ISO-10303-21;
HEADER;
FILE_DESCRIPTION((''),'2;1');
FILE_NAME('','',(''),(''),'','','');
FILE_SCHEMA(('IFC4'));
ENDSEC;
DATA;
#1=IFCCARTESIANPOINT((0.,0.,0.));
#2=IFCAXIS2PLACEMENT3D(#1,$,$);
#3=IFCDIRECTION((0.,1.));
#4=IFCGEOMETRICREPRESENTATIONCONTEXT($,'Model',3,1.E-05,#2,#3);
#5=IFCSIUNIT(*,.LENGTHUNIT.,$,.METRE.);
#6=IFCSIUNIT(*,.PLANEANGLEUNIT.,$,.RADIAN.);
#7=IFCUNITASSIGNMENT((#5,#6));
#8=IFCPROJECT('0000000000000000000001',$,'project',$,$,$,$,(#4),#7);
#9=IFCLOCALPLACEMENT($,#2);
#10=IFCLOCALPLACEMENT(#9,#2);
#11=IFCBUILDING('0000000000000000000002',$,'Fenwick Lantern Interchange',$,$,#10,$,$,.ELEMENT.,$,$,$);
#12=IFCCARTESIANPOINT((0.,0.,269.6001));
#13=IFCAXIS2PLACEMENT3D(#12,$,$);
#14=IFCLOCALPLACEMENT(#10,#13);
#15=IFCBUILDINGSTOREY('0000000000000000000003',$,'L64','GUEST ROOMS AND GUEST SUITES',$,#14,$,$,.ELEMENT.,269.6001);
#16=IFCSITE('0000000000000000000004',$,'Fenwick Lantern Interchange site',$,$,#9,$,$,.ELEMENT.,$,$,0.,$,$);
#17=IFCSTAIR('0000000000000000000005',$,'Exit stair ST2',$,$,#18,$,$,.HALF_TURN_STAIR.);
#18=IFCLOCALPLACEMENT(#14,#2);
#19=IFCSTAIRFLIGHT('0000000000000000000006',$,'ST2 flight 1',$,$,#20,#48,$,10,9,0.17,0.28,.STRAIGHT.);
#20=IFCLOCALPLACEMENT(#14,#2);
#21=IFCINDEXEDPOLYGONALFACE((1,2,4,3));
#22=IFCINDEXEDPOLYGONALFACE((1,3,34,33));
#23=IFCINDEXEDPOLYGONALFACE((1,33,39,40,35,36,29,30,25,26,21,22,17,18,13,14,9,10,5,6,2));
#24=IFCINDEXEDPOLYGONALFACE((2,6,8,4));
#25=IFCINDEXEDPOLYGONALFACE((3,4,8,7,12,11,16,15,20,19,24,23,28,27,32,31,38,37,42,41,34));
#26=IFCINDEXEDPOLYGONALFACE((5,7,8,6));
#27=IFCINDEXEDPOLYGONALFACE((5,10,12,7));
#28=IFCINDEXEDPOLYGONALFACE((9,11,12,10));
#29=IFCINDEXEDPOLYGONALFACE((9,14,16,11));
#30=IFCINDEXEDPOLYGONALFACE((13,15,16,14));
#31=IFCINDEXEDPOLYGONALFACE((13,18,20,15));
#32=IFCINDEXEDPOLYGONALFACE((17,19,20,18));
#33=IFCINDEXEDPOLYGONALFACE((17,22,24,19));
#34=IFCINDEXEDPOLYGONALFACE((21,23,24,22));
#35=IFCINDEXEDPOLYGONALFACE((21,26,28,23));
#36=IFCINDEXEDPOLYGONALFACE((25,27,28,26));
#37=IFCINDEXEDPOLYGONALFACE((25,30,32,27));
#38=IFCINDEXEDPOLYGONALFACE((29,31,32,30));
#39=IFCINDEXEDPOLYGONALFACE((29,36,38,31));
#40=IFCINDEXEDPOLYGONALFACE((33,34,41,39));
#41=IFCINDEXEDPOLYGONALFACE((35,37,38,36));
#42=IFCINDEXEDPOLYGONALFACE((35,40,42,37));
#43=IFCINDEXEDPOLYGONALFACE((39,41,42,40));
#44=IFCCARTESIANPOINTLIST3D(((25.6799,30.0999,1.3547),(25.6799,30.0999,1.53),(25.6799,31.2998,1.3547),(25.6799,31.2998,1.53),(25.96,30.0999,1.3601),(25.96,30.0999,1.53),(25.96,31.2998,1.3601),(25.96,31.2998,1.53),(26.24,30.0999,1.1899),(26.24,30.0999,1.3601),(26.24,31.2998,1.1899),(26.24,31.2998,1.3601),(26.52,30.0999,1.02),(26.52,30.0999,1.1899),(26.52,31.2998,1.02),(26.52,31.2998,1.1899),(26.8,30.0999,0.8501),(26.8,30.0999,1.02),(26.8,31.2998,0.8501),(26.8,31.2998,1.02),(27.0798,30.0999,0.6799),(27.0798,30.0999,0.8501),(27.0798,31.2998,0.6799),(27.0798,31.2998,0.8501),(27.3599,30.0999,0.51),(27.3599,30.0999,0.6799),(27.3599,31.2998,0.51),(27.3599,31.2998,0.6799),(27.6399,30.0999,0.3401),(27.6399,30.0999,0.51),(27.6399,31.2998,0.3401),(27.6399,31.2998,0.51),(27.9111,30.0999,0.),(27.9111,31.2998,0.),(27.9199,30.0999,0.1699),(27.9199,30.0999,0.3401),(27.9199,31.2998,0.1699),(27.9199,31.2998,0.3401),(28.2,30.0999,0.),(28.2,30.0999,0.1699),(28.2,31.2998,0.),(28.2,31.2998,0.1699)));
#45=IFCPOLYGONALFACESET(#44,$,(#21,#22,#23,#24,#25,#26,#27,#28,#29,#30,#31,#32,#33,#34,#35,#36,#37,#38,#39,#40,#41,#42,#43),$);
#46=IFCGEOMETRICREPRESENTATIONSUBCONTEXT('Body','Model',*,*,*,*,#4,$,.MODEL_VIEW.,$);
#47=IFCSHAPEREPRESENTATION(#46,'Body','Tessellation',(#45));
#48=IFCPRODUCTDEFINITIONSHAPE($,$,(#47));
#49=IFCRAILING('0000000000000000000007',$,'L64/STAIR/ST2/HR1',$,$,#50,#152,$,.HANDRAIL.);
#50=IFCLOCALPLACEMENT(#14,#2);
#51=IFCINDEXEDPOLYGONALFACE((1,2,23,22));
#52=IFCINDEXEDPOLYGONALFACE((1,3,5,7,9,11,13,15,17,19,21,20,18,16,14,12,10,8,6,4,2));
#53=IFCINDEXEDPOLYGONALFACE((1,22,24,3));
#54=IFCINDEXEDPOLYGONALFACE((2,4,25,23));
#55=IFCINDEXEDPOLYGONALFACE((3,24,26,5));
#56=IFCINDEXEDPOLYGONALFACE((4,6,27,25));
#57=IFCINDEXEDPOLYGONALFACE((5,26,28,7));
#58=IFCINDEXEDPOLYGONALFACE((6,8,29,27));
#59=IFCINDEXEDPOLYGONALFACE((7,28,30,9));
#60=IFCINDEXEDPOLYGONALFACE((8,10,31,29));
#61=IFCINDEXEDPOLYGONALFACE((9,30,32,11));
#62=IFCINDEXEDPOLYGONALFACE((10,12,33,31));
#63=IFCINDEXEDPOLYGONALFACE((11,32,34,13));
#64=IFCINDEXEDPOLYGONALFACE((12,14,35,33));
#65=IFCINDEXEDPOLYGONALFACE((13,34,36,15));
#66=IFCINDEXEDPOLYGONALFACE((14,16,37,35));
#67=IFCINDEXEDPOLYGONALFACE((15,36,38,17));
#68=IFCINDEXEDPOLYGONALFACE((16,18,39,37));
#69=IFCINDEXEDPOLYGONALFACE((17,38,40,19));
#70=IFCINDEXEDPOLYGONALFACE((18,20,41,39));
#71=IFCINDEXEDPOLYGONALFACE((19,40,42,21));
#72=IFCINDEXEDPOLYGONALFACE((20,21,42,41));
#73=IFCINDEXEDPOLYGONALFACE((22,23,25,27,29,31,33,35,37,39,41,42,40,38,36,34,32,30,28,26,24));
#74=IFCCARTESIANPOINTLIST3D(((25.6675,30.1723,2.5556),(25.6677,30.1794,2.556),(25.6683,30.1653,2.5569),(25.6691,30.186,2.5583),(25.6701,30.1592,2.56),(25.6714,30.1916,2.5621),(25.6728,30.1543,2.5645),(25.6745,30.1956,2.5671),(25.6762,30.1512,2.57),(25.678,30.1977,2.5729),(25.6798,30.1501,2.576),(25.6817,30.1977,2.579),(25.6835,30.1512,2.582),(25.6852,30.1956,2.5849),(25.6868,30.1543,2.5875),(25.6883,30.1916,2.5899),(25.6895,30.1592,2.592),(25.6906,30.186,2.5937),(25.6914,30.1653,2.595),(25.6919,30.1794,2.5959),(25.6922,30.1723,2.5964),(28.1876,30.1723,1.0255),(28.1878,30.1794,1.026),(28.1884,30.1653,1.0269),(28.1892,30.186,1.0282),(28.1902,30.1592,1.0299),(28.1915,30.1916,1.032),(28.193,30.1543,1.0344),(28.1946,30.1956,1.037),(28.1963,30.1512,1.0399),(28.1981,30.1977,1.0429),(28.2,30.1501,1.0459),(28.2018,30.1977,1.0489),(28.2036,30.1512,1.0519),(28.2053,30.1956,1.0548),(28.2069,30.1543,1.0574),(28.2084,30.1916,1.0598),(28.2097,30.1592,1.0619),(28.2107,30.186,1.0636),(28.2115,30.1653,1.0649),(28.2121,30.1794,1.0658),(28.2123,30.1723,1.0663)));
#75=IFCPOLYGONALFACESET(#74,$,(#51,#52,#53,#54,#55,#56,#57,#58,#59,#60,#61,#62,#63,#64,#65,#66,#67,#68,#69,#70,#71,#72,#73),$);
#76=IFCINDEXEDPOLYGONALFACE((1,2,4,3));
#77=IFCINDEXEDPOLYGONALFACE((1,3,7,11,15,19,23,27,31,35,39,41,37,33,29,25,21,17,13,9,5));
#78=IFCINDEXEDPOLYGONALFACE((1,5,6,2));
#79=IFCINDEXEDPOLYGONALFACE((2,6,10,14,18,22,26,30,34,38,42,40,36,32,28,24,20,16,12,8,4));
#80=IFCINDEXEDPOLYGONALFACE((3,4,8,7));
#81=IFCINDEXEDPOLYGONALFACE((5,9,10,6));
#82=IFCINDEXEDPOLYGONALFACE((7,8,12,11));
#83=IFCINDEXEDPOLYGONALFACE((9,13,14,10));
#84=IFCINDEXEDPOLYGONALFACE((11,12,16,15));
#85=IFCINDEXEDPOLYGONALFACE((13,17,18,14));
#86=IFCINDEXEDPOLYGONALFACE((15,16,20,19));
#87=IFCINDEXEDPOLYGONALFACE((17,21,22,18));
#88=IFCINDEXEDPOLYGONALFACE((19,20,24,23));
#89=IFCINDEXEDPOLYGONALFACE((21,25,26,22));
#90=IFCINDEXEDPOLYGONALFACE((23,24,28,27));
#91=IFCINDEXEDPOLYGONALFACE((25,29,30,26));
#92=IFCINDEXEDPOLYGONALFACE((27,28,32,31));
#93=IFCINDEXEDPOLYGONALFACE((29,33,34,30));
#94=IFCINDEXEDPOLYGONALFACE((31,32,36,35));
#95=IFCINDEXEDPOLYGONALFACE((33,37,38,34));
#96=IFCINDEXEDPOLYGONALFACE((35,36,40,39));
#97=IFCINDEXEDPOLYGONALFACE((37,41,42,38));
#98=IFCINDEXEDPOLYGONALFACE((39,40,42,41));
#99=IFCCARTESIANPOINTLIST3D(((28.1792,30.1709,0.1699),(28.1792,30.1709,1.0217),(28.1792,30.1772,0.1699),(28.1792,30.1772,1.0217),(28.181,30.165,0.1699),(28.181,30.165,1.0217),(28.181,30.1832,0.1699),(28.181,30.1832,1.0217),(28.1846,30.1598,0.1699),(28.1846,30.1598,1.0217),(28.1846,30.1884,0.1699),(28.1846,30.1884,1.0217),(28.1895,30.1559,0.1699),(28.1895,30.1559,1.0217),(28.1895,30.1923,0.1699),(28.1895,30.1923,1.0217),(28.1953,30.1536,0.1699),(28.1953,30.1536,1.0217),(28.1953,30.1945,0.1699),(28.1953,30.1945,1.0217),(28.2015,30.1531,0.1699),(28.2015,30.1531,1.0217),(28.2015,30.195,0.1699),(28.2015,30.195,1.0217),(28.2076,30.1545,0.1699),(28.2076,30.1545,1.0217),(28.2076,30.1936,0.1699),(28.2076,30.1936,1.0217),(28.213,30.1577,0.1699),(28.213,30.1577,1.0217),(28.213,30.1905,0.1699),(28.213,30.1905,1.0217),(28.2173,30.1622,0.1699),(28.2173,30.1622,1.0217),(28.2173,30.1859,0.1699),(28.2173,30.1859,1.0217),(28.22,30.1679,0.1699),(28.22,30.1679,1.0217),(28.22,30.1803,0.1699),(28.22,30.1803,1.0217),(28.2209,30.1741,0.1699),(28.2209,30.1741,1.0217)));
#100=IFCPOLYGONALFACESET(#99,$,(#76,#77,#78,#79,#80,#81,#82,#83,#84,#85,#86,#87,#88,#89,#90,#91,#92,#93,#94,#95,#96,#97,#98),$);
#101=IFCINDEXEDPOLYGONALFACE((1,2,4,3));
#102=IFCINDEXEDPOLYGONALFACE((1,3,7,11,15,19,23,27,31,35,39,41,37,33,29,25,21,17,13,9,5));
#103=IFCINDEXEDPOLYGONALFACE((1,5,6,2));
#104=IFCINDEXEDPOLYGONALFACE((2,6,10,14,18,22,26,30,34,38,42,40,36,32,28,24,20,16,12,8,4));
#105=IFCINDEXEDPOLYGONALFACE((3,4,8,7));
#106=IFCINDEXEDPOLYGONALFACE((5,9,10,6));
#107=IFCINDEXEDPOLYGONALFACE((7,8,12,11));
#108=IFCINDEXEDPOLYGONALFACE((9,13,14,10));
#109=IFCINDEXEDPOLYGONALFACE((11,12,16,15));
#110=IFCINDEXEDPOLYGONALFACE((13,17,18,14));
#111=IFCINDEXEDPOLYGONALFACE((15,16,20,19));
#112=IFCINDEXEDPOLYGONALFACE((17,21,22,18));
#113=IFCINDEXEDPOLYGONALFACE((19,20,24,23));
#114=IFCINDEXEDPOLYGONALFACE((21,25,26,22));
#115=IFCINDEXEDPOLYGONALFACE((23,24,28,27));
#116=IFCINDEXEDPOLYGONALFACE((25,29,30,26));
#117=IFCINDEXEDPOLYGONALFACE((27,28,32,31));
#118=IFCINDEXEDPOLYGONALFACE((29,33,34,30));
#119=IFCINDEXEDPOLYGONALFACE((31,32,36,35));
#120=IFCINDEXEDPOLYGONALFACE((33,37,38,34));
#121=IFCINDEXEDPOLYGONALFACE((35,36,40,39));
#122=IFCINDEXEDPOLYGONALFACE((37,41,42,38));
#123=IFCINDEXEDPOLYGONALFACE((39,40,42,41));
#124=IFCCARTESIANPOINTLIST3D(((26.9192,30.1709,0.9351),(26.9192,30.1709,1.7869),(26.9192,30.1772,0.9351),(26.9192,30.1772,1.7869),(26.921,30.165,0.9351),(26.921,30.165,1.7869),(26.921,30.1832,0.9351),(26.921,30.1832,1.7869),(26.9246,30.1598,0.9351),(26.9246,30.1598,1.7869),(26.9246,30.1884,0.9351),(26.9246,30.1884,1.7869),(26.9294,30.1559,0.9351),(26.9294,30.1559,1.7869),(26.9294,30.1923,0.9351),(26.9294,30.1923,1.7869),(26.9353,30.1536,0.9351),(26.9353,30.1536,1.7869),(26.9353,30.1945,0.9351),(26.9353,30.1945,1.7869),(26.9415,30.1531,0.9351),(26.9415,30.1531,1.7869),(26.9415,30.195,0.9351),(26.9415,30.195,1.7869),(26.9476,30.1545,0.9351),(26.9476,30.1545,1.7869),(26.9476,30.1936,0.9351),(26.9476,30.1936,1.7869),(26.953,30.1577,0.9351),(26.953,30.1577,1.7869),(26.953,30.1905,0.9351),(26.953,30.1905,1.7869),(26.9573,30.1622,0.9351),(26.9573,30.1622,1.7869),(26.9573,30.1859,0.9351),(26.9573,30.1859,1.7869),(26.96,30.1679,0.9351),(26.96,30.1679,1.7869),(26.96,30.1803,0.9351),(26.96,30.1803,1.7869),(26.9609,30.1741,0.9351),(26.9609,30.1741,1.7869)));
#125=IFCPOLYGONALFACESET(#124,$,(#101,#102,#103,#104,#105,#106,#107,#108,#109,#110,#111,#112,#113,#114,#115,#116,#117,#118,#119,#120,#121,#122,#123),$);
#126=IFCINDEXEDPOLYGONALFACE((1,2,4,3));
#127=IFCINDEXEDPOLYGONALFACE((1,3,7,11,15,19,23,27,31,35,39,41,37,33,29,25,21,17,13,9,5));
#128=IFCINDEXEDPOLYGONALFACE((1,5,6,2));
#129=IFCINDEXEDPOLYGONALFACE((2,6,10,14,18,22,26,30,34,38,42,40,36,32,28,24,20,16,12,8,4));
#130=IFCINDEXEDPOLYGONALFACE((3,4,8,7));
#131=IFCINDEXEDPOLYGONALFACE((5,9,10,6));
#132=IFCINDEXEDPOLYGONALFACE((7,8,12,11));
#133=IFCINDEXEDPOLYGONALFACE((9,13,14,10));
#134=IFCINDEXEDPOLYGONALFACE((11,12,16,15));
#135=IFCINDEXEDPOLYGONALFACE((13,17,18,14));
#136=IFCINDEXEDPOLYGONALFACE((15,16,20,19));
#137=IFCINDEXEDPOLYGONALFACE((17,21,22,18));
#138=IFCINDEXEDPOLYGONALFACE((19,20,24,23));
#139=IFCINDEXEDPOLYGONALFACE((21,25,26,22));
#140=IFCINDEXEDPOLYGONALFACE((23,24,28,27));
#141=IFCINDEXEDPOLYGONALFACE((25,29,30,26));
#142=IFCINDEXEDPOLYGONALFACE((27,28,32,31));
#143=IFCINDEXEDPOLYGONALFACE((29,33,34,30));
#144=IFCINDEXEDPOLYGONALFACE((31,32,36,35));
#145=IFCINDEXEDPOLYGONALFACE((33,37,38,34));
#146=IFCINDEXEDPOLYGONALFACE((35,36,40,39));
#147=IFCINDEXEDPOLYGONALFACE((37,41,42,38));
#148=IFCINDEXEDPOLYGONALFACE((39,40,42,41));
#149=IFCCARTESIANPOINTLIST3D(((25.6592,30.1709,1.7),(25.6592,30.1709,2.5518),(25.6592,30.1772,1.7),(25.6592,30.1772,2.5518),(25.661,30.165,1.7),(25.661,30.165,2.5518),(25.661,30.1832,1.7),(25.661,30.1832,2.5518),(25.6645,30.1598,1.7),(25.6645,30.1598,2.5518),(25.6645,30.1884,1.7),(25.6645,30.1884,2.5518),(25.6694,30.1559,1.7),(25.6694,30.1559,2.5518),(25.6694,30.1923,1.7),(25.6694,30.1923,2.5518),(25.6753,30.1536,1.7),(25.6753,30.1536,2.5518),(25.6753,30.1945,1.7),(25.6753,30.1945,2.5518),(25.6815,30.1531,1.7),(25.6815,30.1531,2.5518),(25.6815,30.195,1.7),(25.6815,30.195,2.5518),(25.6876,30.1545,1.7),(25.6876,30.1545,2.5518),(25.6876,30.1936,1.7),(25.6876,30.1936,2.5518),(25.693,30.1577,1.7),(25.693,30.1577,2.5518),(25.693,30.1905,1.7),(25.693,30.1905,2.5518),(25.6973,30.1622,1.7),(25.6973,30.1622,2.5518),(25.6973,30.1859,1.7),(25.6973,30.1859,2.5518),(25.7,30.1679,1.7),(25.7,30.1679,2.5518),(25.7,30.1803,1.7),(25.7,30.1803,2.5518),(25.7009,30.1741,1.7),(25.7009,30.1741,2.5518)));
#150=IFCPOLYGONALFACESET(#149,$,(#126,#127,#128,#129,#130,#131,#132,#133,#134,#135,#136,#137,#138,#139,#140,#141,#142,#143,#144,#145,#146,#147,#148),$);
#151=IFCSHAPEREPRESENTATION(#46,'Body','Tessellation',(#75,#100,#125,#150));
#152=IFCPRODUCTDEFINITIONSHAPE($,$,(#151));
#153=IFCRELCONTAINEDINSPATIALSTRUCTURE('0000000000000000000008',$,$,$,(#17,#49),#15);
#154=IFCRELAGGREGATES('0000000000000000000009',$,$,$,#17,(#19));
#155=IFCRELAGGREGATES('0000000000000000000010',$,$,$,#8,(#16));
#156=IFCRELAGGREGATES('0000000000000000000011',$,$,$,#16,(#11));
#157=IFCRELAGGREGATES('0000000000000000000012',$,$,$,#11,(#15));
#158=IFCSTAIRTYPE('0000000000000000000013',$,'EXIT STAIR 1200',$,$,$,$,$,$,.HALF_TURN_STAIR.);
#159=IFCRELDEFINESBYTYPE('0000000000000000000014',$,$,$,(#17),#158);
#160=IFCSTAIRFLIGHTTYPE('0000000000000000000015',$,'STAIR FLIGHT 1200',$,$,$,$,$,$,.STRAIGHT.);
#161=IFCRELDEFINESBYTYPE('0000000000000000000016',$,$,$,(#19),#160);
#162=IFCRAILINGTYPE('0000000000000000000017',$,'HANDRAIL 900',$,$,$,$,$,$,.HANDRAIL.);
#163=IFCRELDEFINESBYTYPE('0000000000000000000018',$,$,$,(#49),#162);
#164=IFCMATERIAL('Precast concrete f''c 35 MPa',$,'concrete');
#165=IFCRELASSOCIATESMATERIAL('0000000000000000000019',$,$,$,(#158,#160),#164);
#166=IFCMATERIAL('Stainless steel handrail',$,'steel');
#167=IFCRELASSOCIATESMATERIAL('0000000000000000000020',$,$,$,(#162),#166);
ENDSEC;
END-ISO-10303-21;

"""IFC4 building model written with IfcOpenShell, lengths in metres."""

from ifc_helpers import new_model, si_unit, direction, frame, origin, origin_2d, place, context, subcontext, project, spatial, polyline, circle, outline, extrude, material, type_object, element, aggregate, save


model = new_model("IFC4")

# Units and contexts
model_context = context("Model", 3, precision=1e-05, world=origin(), true_north=direction((0.0, 1.0)))
body_context = subcontext(model_context, "Body", "Model", "MODEL_VIEW")
ifc_project = project(units=[si_unit("LENGTHUNIT", "METRE"), si_unit("PLANEANGLEUNIT", "RADIAN")], contexts=[model_context])

# Site, building, storey
site_placement = place(None, origin())
site = spatial("IfcSite", under=ifc_project, at=site_placement, Name="Fenwick Lantern Interchange site", CompositionType="ELEMENT", RefElevation=0.0)
building_placement = place(site_placement, origin())
building = spatial("IfcBuilding", under=site, at=building_placement, Name="Fenwick Lantern Interchange", CompositionType="ELEMENT")
storey_placement = place(building_placement, frame((0.0, 0.0, 269.6001)))
storey = spatial("IfcBuildingStorey", under=building, at=storey_placement, Name="L64", Description="GUEST ROOMS AND GUEST SUITES", CompositionType="ELEMENT", Elevation=269.6001)

# Stair, stair flight
ifc_material_1 = material(Name="Precast concrete f'c 35 MPa", Category="concrete")
stair_type = type_object("IfcStairType", Name="EXIT STAIR 1200", PredefinedType="HALF_TURN_STAIR", material=ifc_material_1)
stair_placement = place(storey_placement, origin())
stair = element("IfcStair", 1, at=stair_placement, inside=storey, type_object=stair_type, Name="Exit stair ST2", PredefinedType="HALF_TURN_STAIR")
stair_flight_type = type_object("IfcStairFlightType", Name="STAIR FLIGHT 1200", PredefinedType="STRAIGHT", material=ifc_material_1)
stair_flight_placement = place(storey_placement, frame((28.2, 30.7, 0.0), z_axis=(0.0, 0.0, 1.0), x_axis=(-1.0, 0.0, 0.0)))
stair_flight = element("IfcStairFlight", 2, at=stair_flight_placement, type_object=stair_flight_type, Name="ST2 flight 1", NumberOfRisers=10, NumberOfTreads=9, PredefinedType="STRAIGHT", RiserHeight=0.17, TreadLength=0.28, context=body_context, shape_type="SweptSolid", body=[
    extrude(outline(polyline([(0.0, 0.0), (0.0, 0.1699), (0.28, 0.1699), (0.28, 0.3401), (0.5601, 0.3401), (0.5601, 0.51), (0.8401, 0.51), (0.8401, 0.6799), (1.1201, 0.6799), (1.1201, 0.8501), (1.3999, 0.8501), (1.3999, 1.02), (1.6799, 1.02), (1.6799, 1.1899), (1.96, 1.1899), (1.96, 1.3601), (2.24, 1.3601), (2.24, 1.53), (2.52, 1.53), (2.52, 1.7), (2.52, 1.3547), (0.2888, 0.0), (0.0, 0.0)])), frame((0.0, 0.6001, 0.0), z_axis=(0.0, -1.0, 0.0), x_axis=(1.0, 0.0, 0.0)), (0.0, 0.0, 1.0), 1.2),
])
aggregate(stair, [stair_flight])

# Railing
ifc_material_2 = material(Name="Stainless steel handrail", Category="steel")
railing_type = type_object("IfcRailingType", Name="HANDRAIL 900", PredefinedType="HANDRAIL", material=ifc_material_2)
railing_placement = place(storey_placement, frame((28.2, 30.1741, 0.1699)))
element("IfcRailing", 3, at=railing_placement, inside=storey, type_object=railing_type, Name="L64/STAIR/ST2/HR1", PredefinedType="HANDRAIL", context=body_context, shape_type="SweptSolid", body=[
    extrude(circle(Radius=0.0239, at=origin_2d()), frame((0.0, 0.0, 0.876), z_axis=(-0.854785, 0.0, 0.518982), x_axis=(0.0, -1.0, 0.0)), (0.0, 0.0, 1.0), 2.9482),
    extrude(circle(Radius=0.021, at=origin_2d()), origin(), (0.0, 0.0, 1.0), 0.8518),
    extrude(circle(Radius=0.021, at=origin_2d()), frame((-1.26, 0.0, 0.7651)), (0.0, 0.0, 1.0), 0.8518),
    extrude(circle(Radius=0.021, at=origin_2d()), frame((-2.52, 0.0, 1.53)), (0.0, 0.0, 1.0), 0.8518),
])

save(model, "model.ifc")
